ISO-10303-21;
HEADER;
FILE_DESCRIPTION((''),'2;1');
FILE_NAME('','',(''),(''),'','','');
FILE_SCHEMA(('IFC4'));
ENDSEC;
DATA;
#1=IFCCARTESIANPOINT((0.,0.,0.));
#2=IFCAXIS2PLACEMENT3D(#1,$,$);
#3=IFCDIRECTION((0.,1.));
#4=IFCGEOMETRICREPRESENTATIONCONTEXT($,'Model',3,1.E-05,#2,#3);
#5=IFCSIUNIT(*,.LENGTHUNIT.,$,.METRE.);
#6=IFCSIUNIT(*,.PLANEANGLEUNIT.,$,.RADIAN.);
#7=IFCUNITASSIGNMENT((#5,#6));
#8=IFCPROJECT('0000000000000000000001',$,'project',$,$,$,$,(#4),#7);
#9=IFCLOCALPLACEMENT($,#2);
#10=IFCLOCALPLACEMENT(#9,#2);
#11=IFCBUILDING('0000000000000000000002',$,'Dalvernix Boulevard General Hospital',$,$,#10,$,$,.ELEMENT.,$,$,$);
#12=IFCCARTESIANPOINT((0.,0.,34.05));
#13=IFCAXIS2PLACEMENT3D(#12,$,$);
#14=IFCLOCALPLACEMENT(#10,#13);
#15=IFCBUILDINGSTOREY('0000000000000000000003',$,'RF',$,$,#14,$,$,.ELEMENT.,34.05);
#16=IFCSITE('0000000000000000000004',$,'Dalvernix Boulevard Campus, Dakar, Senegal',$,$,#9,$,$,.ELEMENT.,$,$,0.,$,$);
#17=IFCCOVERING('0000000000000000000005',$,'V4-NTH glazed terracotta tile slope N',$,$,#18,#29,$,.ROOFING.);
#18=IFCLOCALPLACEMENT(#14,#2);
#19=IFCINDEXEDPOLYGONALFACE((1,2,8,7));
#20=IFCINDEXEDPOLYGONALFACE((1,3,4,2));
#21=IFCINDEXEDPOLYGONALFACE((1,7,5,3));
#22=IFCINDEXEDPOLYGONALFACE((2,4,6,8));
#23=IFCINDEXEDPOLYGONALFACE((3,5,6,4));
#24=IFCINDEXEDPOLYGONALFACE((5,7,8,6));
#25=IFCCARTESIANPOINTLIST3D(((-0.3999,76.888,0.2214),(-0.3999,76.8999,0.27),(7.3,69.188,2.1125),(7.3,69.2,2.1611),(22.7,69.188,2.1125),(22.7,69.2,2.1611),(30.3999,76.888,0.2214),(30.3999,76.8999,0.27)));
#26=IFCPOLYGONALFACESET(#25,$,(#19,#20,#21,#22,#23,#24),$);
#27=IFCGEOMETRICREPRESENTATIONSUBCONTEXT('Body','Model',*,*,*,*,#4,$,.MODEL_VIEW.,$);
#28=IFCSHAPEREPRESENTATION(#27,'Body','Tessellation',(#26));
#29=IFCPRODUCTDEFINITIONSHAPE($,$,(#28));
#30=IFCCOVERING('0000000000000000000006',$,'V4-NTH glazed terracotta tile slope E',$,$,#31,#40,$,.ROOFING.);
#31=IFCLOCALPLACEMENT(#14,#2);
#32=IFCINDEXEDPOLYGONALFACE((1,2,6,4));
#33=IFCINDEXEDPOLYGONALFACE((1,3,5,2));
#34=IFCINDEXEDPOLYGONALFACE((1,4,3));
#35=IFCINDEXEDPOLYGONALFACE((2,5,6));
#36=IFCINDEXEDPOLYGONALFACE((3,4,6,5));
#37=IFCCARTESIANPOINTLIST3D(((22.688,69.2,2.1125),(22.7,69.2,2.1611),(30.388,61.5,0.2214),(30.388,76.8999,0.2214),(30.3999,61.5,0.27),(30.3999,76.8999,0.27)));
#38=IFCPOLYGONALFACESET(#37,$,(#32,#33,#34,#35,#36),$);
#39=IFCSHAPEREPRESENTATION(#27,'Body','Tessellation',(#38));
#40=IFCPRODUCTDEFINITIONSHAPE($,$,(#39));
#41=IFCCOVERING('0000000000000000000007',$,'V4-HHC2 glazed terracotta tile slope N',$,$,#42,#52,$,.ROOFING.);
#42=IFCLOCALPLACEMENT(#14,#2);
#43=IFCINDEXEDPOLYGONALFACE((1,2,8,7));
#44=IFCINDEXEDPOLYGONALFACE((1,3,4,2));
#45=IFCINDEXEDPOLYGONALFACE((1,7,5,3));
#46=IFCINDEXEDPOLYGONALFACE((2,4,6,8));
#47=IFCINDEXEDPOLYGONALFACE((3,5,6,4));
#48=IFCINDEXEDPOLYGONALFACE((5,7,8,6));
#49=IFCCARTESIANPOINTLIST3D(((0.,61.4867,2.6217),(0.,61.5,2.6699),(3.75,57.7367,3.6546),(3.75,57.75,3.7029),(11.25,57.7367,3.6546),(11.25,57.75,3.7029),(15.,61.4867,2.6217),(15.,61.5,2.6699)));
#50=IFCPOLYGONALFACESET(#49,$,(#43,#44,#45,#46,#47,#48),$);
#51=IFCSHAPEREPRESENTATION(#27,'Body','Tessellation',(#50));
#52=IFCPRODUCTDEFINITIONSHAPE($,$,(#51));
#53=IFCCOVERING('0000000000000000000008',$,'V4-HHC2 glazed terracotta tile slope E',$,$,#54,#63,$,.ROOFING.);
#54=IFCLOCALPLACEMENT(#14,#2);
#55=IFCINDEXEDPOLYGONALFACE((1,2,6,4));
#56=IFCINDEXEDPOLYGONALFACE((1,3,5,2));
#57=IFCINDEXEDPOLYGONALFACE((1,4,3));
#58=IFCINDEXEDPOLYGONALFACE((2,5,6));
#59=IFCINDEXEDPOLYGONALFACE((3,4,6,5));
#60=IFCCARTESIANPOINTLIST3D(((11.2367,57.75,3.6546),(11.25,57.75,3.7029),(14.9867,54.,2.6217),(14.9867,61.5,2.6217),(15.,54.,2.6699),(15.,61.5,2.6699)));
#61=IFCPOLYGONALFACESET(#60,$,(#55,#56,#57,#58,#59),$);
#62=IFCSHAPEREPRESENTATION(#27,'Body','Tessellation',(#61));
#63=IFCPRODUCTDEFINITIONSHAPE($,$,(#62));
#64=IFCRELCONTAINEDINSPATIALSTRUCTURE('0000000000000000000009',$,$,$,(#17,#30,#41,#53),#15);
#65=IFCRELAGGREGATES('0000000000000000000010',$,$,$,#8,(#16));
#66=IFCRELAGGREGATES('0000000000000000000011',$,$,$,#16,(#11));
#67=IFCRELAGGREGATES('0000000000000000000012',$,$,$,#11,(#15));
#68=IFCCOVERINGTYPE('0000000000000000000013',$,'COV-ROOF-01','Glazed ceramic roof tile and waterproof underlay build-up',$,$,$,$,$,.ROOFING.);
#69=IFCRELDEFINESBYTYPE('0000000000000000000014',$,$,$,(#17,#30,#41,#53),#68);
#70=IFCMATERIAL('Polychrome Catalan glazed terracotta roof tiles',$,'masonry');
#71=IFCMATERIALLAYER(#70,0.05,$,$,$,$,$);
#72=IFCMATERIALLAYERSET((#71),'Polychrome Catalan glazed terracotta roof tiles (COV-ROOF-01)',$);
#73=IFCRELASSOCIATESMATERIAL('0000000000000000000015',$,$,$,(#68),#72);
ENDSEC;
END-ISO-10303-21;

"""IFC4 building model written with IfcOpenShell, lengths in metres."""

from ifc_helpers import new_model, si_unit, direction, frame, origin, place, context, subcontext, project, spatial, polyline, outline, extrude, material, layer, layer_set, type_object, element, save


model = new_model("IFC4")

# Units and contexts
model_context = context("Model", 3, precision=1e-05, world=origin(), true_north=direction((0.0, 1.0)))
body_context = subcontext(model_context, "Body", "Model", "MODEL_VIEW")
ifc_project = project(units=[si_unit("LENGTHUNIT", "METRE"), si_unit("PLANEANGLEUNIT", "RADIAN")], contexts=[model_context])

# Site, building, storey
site_placement = place(None, origin())
site = spatial("IfcSite", under=ifc_project, at=site_placement, Name="Dalvernix Boulevard Campus, Dakar, Senegal", CompositionType="ELEMENT", RefElevation=0.0)
building_placement = place(site_placement, origin())
building = spatial("IfcBuilding", under=site, at=building_placement, Name="Dalvernix Boulevard General Hospital", CompositionType="ELEMENT")
storey_placement = place(building_placement, frame((0.0, 0.0, 34.05)))
storey = spatial("IfcBuildingStorey", under=building, at=storey_placement, Name="RF", CompositionType="ELEMENT", Elevation=34.05)

# Coverings
ifc_material_1 = material(Name="Polychrome Catalan glazed terracotta roof tiles", Category="masonry")
ifc_layer_1 = layer(ifc_material_1, 0.05)
ifc_layer_set_1 = layer_set([ifc_layer_1], Name="Polychrome Catalan glazed terracotta roof tiles (COV-ROOF-01)")
covering_type_1 = type_object("IfcCoveringType", Name="COV-ROOF-01", Description="Glazed ceramic roof tile and waterproof underlay build-up", PredefinedType="ROOFING", material=ifc_layer_set_1)
covering_1_placement = place(storey_placement, frame((30.3999, 76.8999, 0.27), z_axis=(0.0, 0.238513, 0.971139), x_axis=(-1.0, 0.0, 0.0)))
element("IfcCovering", 1, at=covering_1_placement, inside=storey, type_object=covering_type_1, Name="V4-NTH glazed terracotta tile slope N", PredefinedType="ROOFING", context=body_context, shape_type="SweptSolid", body=[
    extrude(outline(polyline([(0.0, 0.0), (30.7998, 0.0), (23.0999, 7.9288), (7.7, 7.9288), (0.0, 0.0)])), origin(), (0.0, 0.0, -1.0), 0.05),
])
covering_2_placement = place(storey_placement, frame((30.3999, 61.5, 0.27), z_axis=(0.238513, 0.0, 0.971139), x_axis=(0.0, 1.0, 0.0)))
element("IfcCovering", 2, at=covering_2_placement, inside=storey, type_object=covering_type_1, Name="V4-NTH glazed terracotta tile slope E", PredefinedType="ROOFING", context=body_context, shape_type="SweptSolid", body=[
    extrude(outline(polyline([(0.0, 0.0), (15.3999, 0.0), (7.7, 7.9288), (0.0, 0.0)])), origin(), (0.0, 0.0, -1.0), 0.05),
])
covering_3_placement = place(storey_placement, frame((15.0, 61.5, 2.6699), z_axis=(0.0, 0.265565, 0.964093), x_axis=(-1.0, 0.0, 0.0)))
element("IfcCovering", 3, at=covering_3_placement, inside=storey, type_object=covering_type_1, Name="V4-HHC2 glazed terracotta tile slope N", PredefinedType="ROOFING", context=body_context, shape_type="SweptSolid", body=[
    extrude(outline(polyline([(0.0, 0.0), (15.0, 0.0), (11.25, 3.8897), (3.75, 3.8897), (0.0, 0.0)])), origin(), (0.0, 0.0, -1.0), 0.05),
])
covering_4_placement = place(storey_placement, frame((15.0, 54.0, 2.6699), z_axis=(0.265565, 0.0, 0.964093), x_axis=(0.0, 1.0, 0.0)))
element("IfcCovering", 4, at=covering_4_placement, inside=storey, type_object=covering_type_1, Name="V4-HHC2 glazed terracotta tile slope E", PredefinedType="ROOFING", context=body_context, shape_type="SweptSolid", body=[
    extrude(outline(polyline([(0.0, 0.0), (7.5, 0.0), (3.75, 3.8897), (0.0, 0.0)])), origin(), (0.0, 0.0, -1.0), 0.05),
])

save(model, "model.ifc")
